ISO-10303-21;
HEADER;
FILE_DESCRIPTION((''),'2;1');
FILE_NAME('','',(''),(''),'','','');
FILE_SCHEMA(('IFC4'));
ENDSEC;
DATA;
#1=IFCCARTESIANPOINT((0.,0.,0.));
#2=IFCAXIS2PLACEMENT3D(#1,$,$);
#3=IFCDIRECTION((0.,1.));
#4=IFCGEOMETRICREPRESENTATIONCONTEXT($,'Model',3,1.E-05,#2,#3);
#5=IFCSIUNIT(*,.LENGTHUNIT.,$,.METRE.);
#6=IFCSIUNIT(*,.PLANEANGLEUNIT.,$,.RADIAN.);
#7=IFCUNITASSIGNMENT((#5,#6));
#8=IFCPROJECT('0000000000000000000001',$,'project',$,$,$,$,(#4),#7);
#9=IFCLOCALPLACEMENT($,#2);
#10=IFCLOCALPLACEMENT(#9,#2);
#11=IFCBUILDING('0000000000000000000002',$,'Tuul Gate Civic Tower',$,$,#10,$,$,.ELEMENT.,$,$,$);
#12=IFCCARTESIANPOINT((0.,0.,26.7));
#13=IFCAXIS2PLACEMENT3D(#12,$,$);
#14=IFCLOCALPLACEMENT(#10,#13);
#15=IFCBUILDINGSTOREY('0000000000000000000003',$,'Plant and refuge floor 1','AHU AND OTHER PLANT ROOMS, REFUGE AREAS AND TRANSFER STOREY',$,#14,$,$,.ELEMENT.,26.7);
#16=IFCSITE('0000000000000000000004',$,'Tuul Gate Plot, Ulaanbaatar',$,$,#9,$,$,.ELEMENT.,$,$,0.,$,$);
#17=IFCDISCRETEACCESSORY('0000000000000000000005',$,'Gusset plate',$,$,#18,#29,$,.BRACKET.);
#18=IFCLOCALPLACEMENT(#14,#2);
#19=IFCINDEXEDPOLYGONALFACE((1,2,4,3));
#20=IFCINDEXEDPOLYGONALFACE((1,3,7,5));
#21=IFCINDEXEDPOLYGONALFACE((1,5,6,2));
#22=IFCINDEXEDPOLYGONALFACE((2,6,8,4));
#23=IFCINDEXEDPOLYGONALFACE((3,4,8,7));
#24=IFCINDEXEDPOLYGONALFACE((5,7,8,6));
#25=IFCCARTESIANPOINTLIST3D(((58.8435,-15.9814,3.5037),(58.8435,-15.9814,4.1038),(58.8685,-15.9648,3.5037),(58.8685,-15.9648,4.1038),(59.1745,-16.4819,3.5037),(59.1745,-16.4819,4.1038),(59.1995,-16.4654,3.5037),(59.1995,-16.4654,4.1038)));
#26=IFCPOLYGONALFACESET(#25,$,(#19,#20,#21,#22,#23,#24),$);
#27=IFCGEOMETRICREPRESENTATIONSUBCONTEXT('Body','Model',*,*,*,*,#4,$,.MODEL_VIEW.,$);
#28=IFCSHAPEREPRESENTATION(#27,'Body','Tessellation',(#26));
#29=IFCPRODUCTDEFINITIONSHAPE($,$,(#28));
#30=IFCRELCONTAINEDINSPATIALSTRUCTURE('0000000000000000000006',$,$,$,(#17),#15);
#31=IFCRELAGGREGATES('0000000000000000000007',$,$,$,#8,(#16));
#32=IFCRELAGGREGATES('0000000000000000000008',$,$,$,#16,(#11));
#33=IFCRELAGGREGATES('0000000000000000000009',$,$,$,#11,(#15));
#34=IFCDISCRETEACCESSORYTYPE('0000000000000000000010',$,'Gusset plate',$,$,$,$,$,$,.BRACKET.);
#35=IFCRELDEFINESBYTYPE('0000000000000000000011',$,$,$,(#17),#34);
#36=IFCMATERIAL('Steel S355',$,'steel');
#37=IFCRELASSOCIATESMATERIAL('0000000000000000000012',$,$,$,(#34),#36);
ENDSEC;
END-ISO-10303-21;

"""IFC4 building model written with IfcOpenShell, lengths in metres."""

from ifc_helpers import new_model, si_unit, direction, frame, origin, origin_2d, place, context, subcontext, project, spatial, rectangle, extrude, material, type_object, element, save


model = new_model("IFC4")

# Units and contexts
model_context = context("Model", 3, precision=1e-05, world=origin(), true_north=direction((0.0, 1.0)))
body_context = subcontext(model_context, "Body", "Model", "MODEL_VIEW")
ifc_project = project(units=[si_unit("LENGTHUNIT", "METRE"), si_unit("PLANEANGLEUNIT", "RADIAN")], contexts=[model_context])

# Site, building, storey
site_placement = place(None, origin())
site = spatial("IfcSite", under=ifc_project, at=site_placement, Name="Tuul Gate Plot, Ulaanbaatar", CompositionType="ELEMENT", RefElevation=0.0)
building_placement = place(site_placement, origin())
building = spatial("IfcBuilding", under=site, at=building_placement, Name="Tuul Gate Civic Tower", CompositionType="ELEMENT")
storey_placement = place(building_placement, frame((0.0, 0.0, 26.7)))
storey = spatial("IfcBuildingStorey", under=building, at=storey_placement, Name="Plant and refuge floor 1", Description="AHU AND OTHER PLANT ROOMS, REFUGE AREAS AND TRANSFER STOREY", CompositionType="ELEMENT", Elevation=26.7)

# Discrete accessory
ifc_material_1 = material(Name="Steel S355", Category="steel")
discrete_accessory_type = type_object("IfcDiscreteAccessoryType", Name="Gusset plate", PredefinedType="BRACKET", material=ifc_material_1)
for number, where, z_axis, x_axis, name in (
    (1, (59.0215, -16.2234, 3.5037), (0.0, 0.0, 1.0), (0.551598, -0.83411, 0.0), "Gusset plate"),
):
    element("IfcDiscreteAccessory", number, at=place(storey_placement, frame(where, z_axis=z_axis, x_axis=x_axis)), inside=storey, type_object=discrete_accessory_type, Name=name, PredefinedType="BRACKET", context=body_context, shape_type="SweptSolid", body=[
        extrude(rectangle(XDim=0.6001, YDim=0.03, at=origin_2d()), origin(), (0.0, 0.0, 1.0), 0.6001),
    ])

save(model, "model.ifc")
